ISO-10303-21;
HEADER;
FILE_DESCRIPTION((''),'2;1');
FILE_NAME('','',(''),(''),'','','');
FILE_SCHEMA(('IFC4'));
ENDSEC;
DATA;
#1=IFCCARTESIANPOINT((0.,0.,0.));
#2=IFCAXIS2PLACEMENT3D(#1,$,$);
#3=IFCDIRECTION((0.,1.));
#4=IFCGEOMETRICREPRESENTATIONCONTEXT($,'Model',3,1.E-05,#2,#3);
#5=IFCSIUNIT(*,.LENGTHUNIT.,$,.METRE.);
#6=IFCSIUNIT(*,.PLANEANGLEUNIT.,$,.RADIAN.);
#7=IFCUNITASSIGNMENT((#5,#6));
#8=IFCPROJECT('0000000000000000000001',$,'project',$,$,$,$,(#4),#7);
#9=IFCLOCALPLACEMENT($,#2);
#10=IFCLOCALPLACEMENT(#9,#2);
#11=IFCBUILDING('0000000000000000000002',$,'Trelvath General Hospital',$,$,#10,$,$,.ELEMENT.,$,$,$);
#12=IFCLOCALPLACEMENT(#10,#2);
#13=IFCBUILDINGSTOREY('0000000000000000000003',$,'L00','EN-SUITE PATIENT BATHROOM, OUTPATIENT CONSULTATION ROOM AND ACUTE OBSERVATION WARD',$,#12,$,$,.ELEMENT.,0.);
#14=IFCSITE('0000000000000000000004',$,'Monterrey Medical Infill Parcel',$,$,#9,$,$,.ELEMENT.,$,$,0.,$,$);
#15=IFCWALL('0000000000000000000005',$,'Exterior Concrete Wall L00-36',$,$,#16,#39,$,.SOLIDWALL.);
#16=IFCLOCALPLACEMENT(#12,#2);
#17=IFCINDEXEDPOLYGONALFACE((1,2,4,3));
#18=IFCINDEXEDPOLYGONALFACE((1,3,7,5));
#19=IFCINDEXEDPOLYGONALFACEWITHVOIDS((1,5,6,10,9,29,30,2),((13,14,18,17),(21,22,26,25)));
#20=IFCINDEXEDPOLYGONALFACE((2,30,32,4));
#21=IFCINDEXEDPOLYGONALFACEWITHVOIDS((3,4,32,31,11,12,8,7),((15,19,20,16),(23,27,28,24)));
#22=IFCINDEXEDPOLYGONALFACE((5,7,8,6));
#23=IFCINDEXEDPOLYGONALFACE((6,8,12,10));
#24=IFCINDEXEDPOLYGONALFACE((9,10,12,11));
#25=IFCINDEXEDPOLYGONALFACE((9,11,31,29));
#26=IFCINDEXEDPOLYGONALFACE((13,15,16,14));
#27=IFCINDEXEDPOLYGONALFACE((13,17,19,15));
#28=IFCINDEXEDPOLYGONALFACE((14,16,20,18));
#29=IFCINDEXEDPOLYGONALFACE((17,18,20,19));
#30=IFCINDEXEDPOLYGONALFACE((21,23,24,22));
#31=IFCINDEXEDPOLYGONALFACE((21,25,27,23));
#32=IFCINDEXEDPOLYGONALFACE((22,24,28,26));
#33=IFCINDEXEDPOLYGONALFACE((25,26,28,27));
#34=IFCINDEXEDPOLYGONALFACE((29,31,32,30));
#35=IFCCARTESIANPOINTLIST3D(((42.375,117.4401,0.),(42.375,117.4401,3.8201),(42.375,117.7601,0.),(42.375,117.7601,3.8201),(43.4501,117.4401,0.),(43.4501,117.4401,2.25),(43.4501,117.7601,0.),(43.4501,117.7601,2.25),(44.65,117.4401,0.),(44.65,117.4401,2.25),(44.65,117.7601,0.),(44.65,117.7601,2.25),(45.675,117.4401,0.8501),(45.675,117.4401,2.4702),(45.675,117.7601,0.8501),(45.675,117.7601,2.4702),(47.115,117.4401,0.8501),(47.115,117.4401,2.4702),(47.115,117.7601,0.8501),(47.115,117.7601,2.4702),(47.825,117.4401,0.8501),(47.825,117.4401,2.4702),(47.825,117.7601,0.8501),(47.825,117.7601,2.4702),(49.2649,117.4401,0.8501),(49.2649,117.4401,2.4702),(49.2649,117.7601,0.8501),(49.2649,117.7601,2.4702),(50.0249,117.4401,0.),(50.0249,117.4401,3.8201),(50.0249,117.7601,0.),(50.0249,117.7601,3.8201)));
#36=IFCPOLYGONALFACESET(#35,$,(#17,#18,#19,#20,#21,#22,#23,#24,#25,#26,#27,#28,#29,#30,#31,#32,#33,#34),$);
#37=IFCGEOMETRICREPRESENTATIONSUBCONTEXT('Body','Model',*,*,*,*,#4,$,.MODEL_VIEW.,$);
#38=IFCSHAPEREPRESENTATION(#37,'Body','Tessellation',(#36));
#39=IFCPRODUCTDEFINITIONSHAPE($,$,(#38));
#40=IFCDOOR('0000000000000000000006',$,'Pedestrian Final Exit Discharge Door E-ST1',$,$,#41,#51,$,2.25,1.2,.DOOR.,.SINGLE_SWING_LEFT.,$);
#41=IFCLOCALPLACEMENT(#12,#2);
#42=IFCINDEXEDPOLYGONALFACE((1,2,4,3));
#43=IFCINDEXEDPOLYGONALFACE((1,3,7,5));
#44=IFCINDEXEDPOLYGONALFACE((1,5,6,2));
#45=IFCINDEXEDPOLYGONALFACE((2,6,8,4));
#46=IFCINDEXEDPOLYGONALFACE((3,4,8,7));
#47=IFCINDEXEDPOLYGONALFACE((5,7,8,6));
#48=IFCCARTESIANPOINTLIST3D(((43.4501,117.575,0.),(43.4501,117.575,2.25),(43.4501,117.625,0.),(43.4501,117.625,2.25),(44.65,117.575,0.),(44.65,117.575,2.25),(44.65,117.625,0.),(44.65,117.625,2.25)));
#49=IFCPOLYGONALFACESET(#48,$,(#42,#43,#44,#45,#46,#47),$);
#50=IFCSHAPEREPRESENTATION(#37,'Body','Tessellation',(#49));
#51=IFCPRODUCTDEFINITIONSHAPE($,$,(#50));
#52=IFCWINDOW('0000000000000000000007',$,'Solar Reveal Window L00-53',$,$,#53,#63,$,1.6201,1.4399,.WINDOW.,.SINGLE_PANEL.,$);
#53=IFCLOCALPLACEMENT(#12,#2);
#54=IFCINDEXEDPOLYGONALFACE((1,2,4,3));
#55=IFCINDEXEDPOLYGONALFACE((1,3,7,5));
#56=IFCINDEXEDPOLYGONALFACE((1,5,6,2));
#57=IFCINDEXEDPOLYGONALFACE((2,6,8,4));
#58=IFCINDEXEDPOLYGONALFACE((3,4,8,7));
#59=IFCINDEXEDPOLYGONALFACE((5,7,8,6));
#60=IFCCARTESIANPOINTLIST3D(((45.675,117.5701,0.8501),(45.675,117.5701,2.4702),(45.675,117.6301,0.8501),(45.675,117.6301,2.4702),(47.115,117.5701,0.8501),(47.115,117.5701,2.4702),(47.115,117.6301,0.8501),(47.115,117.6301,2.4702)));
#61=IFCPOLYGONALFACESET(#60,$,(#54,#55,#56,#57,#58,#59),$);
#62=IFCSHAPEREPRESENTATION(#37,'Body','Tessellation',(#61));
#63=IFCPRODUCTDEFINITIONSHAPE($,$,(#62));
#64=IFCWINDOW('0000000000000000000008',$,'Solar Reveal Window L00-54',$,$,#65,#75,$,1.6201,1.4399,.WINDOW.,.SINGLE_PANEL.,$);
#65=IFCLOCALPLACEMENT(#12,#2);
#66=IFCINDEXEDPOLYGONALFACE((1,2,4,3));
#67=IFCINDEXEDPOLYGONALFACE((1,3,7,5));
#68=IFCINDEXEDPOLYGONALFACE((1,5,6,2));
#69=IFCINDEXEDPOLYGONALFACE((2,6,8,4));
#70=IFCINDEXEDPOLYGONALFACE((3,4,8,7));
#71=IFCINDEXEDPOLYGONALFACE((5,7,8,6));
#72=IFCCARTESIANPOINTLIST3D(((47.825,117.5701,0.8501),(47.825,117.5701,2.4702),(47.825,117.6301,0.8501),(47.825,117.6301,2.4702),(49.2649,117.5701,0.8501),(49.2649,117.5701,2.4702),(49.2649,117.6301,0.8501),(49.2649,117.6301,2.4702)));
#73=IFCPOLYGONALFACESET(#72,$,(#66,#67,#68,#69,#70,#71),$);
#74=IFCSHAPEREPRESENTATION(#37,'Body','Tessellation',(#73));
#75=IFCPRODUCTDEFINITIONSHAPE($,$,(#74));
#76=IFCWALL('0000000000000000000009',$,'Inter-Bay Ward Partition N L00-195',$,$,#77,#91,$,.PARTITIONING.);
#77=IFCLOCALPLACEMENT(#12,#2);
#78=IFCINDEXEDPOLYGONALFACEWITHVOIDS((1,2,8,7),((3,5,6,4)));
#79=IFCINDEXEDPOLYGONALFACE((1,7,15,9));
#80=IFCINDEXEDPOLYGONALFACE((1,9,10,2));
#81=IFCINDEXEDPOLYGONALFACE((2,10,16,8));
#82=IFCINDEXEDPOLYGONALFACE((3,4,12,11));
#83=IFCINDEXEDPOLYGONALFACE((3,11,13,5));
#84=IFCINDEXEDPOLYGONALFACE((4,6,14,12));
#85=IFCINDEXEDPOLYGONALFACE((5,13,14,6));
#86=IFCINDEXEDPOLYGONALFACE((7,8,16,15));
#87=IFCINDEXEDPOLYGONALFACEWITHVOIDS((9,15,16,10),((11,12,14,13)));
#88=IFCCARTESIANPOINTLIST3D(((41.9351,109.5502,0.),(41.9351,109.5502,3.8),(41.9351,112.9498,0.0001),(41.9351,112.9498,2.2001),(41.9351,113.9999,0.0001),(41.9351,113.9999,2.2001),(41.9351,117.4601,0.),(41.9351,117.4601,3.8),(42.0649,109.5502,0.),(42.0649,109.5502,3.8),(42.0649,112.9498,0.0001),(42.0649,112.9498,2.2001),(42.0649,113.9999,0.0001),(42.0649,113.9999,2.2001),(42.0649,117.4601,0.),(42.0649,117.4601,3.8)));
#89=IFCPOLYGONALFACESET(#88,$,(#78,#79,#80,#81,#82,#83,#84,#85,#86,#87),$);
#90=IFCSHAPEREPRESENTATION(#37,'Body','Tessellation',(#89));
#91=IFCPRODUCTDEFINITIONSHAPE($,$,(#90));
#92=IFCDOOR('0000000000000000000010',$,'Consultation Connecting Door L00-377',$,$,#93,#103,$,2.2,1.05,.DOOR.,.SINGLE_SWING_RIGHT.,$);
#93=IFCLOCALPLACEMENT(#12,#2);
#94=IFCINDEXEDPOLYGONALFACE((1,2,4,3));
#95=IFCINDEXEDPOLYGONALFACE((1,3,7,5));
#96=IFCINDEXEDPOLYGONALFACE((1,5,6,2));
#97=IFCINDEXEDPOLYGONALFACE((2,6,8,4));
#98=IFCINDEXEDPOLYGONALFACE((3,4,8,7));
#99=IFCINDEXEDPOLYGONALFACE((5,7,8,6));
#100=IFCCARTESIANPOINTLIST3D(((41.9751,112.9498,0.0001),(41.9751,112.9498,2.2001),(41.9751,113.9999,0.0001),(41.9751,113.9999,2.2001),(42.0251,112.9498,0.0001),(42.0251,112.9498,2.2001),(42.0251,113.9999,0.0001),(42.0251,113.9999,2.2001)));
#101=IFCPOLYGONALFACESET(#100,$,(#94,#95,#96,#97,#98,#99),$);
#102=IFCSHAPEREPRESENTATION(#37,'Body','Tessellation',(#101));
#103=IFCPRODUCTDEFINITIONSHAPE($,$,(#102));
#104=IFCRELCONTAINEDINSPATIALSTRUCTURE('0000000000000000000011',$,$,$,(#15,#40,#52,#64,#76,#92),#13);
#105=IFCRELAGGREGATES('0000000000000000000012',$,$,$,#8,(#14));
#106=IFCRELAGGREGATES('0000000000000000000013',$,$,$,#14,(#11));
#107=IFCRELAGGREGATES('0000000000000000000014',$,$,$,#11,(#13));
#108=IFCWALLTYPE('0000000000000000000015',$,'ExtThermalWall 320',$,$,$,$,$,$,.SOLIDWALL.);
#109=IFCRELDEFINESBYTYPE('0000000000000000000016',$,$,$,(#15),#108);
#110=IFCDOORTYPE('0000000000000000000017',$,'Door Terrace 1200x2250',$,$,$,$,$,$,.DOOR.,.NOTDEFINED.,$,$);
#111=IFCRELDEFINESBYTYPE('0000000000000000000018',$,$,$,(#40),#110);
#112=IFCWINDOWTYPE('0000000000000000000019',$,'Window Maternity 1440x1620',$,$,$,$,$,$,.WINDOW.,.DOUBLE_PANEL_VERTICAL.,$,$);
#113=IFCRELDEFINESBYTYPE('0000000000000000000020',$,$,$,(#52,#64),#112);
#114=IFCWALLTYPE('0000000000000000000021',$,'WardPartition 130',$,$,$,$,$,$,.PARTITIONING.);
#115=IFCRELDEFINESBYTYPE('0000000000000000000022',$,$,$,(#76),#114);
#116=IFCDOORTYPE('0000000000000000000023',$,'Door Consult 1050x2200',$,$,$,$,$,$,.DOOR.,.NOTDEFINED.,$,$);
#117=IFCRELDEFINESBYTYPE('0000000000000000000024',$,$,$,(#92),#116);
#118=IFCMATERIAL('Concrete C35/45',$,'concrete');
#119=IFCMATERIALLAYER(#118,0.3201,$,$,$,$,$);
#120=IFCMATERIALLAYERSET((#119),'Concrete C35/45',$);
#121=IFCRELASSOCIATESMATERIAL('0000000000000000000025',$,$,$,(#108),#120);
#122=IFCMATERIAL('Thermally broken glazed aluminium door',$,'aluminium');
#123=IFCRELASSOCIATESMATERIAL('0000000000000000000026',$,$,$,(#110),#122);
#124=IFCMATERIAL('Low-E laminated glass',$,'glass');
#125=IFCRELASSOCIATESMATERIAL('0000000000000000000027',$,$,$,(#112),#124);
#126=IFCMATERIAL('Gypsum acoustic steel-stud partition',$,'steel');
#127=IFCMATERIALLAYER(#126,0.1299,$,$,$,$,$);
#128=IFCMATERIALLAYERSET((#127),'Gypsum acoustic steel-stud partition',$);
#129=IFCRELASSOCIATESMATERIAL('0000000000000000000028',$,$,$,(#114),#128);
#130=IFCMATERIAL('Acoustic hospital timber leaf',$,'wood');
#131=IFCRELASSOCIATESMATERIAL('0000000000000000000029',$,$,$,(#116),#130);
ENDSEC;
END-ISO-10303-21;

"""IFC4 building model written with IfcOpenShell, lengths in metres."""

from ifc_helpers import new_model, si_unit, direction, frame, frame_2d, origin, place, context, subcontext, project, spatial, rectangle, extrude, material, layer, layer_set, type_object, element, fill, save


model = new_model("IFC4")

# Units and contexts
model_context = context("Model", 3, precision=1e-05, world=origin(), true_north=direction((0.0, 1.0)))
body_context = subcontext(model_context, "Body", "Model", "MODEL_VIEW")
ifc_project = project(units=[si_unit("LENGTHUNIT", "METRE"), si_unit("PLANEANGLEUNIT", "RADIAN")], contexts=[model_context])

# Site, building, storey
site_placement = place(None, origin())
site = spatial("IfcSite", under=ifc_project, at=site_placement, Name="Monterrey Medical Infill Parcel", CompositionType="ELEMENT", RefElevation=0.0)
building_placement = place(site_placement, origin())
building = spatial("IfcBuilding", under=site, at=building_placement, Name="Trelvath General Hospital", CompositionType="ELEMENT")
storey_placement = place(building_placement, origin())
storey = spatial("IfcBuildingStorey", under=building, at=storey_placement, Name="L00", Description="EN-SUITE PATIENT BATHROOM, OUTPATIENT CONSULTATION ROOM AND ACUTE OBSERVATION WARD", CompositionType="ELEMENT", Elevation=0.0)

# Wall, openings, door, windows
ifc_material_1 = material(Name="Concrete C35/45", Category="concrete")
ifc_layer_1 = layer(ifc_material_1, 0.3201)
ifc_layer_set_1 = layer_set([ifc_layer_1], Name="Concrete C35/45")
wall_type_1 = type_object("IfcWallType", Name="ExtThermalWall 320", PredefinedType="SOLIDWALL", material=ifc_layer_set_1)
wall_1_placement = place(storey_placement, frame((42.375, 117.6001, 0.0), z_axis=(0.0, 0.0, 1.0), x_axis=(1.0, 0.0, 0.0)))
wall_1 = element("IfcWall", 1, at=wall_1_placement, inside=storey, type_object=wall_type_1, Name="Exterior Concrete Wall L00-36", PredefinedType="SOLIDWALL", context=body_context, shape_type="SweptSolid", body=[
    extrude(rectangle(XDim=7.6499, YDim=0.3201, at=frame_2d((3.825, 0.0))), origin(), (0.0, 0.0, 1.0), 3.8201),
])
opening_1_placement = place(wall_1_placement, frame((1.075, 0.0, 0.0)))
opening_1 = element("IfcOpeningElement", 2, at=opening_1_placement, cuts=wall_1, PredefinedType="OPENING", context=body_context, shape_type="SweptSolid", body=[
    extrude(rectangle(XDim=1.2, YDim=2.25, at=frame_2d((0.6001, 1.125))), frame((0.0, 0.1699, 0.0), z_axis=(0.0, -1.0, 0.0), x_axis=(1.0, 0.0, 0.0)), (0.0, 0.0, 1.0), 0.3401),
])
opening_2_placement = place(wall_1_placement, frame((3.3, 0.0, 0.8501)))
opening_2 = element("IfcOpeningElement", 3, at=opening_2_placement, cuts=wall_1, PredefinedType="OPENING", context=body_context, shape_type="SweptSolid", body=[
    extrude(rectangle(XDim=1.4399, YDim=1.6201, at=frame_2d((0.72, 0.8101))), frame((0.0, 0.1699, 0.0), z_axis=(0.0, -1.0, 0.0), x_axis=(1.0, 0.0, 0.0)), (0.0, 0.0, 1.0), 0.3401),
])
opening_3_placement = place(wall_1_placement, frame((5.45, 0.0, 0.8501)))
opening_3 = element("IfcOpeningElement", 4, at=opening_3_placement, cuts=wall_1, PredefinedType="OPENING", context=body_context, shape_type="SweptSolid", body=[
    extrude(rectangle(XDim=1.4399, YDim=1.6201, at=frame_2d((0.72, 0.8101))), frame((0.0, 0.1699, 0.0), z_axis=(0.0, -1.0, 0.0), x_axis=(1.0, 0.0, 0.0)), (0.0, 0.0, 1.0), 0.3401),
])
ifc_material_2 = material(Name="Thermally broken glazed aluminium door", Category="aluminium")
door_type_1 = type_object("IfcDoorType", Name="Door Terrace 1200x2250", OperationType="NOTDEFINED", PredefinedType="DOOR", material=ifc_material_2)
door_1_placement = place(opening_1_placement, origin())
door_1 = element("IfcDoor", 5, at=door_1_placement, inside=storey, type_object=door_type_1, Name="Pedestrian Final Exit Discharge Door E-ST1", OperationType="SINGLE_SWING_LEFT", OverallHeight=2.25, OverallWidth=1.2, PredefinedType="DOOR", context=body_context, shape_type="SweptSolid", body=[
    extrude(rectangle(XDim=1.2, YDim=2.25, at=frame_2d((0.6001, 1.125))), frame((0.0, 0.0249, 0.0), z_axis=(0.0, -1.0, 0.0), x_axis=(1.0, 0.0, 0.0)), (0.0, 0.0, 1.0), 0.05),
])
fill(opening_1, door_1)
ifc_material_3 = material(Name="Low-E laminated glass", Category="glass")
window_type = type_object("IfcWindowType", Name="Window Maternity 1440x1620", PartitioningType="DOUBLE_PANEL_VERTICAL", PredefinedType="WINDOW", material=ifc_material_3)
window_1_placement = place(opening_2_placement, origin())
window_1 = element("IfcWindow", 6, at=window_1_placement, inside=storey, type_object=window_type, Name="Solar Reveal Window L00-53", OverallHeight=1.6201, OverallWidth=1.4399, PartitioningType="SINGLE_PANEL", PredefinedType="WINDOW", context=body_context, shape_type="SweptSolid", body=[
    extrude(rectangle(XDim=1.4399, YDim=1.6201, at=frame_2d((0.72, 0.8101))), frame((0.0, 0.03, 0.0), z_axis=(0.0, -1.0, 0.0), x_axis=(1.0, 0.0, 0.0)), (0.0, 0.0, 1.0), 0.0601),
])
fill(opening_2, window_1)
window_2_placement = place(opening_3_placement, origin())
window_2 = element("IfcWindow", 7, at=window_2_placement, inside=storey, type_object=window_type, Name="Solar Reveal Window L00-54", OverallHeight=1.6201, OverallWidth=1.4399, PartitioningType="SINGLE_PANEL", PredefinedType="WINDOW", context=body_context, shape_type="SweptSolid", body=[
    extrude(rectangle(XDim=1.4399, YDim=1.6201, at=frame_2d((0.72, 0.8101))), frame((0.0, 0.03, 0.0), z_axis=(0.0, -1.0, 0.0), x_axis=(1.0, 0.0, 0.0)), (0.0, 0.0, 1.0), 0.0601),
])
fill(opening_3, window_2)

# Wall, opening, door
ifc_material_4 = material(Name="Gypsum acoustic steel-stud partition", Category="steel")
ifc_layer_2 = layer(ifc_material_4, 0.1299)
ifc_layer_set_2 = layer_set([ifc_layer_2], Name="Gypsum acoustic steel-stud partition")
wall_type_2 = type_object("IfcWallType", Name="WardPartition 130", PredefinedType="PARTITIONING", material=ifc_layer_set_2)
wall_2_placement = place(storey_placement, frame((42.0, 109.55, 0.0), z_axis=(0.0, 0.0, 1.0), x_axis=(0.0, 1.0, 0.0)))
wall_2 = element("IfcWall", 8, at=wall_2_placement, inside=storey, type_object=wall_type_2, Name="Inter-Bay Ward Partition N L00-195", PredefinedType="PARTITIONING", context=body_context, shape_type="SweptSolid", body=[
    extrude(rectangle(XDim=7.9099, YDim=0.1299, at=frame_2d((3.9551, 0.0))), origin(), (0.0, 0.0, 1.0), 3.8),
])
opening_4_placement = place(wall_2_placement, frame((3.3999, 0.0, 0.0)))
opening_4 = element("IfcOpeningElement", 9, at=opening_4_placement, cuts=wall_2, PredefinedType="OPENING", context=body_context, shape_type="SweptSolid", body=[
    extrude(rectangle(XDim=1.05, YDim=2.2, at=frame_2d((0.5249, 1.1001))), frame((0.0, 0.075, 0.0), z_axis=(0.0, -1.0, 0.0), x_axis=(1.0, 0.0, 0.0)), (0.0, 0.0, 1.0), 0.1499),
])
ifc_material_5 = material(Name="Acoustic hospital timber leaf", Category="wood")
door_type_2 = type_object("IfcDoorType", Name="Door Consult 1050x2200", OperationType="NOTDEFINED", PredefinedType="DOOR", material=ifc_material_5)
door_2_placement = place(opening_4_placement, origin())
door_2 = element("IfcDoor", 10, at=door_2_placement, inside=storey, type_object=door_type_2, Name="Consultation Connecting Door L00-377", OperationType="SINGLE_SWING_RIGHT", OverallHeight=2.2, OverallWidth=1.05, PredefinedType="DOOR", context=body_context, shape_type="SweptSolid", body=[
    extrude(rectangle(XDim=1.05, YDim=2.2, at=frame_2d((0.5249, 1.1001))), frame((0.0, 0.0249, 0.0), z_axis=(0.0, -1.0, 0.0), x_axis=(1.0, 0.0, 0.0)), (0.0, 0.0, 1.0), 0.05),
])
fill(opening_4, door_2)

save(model, "model.ifc")
